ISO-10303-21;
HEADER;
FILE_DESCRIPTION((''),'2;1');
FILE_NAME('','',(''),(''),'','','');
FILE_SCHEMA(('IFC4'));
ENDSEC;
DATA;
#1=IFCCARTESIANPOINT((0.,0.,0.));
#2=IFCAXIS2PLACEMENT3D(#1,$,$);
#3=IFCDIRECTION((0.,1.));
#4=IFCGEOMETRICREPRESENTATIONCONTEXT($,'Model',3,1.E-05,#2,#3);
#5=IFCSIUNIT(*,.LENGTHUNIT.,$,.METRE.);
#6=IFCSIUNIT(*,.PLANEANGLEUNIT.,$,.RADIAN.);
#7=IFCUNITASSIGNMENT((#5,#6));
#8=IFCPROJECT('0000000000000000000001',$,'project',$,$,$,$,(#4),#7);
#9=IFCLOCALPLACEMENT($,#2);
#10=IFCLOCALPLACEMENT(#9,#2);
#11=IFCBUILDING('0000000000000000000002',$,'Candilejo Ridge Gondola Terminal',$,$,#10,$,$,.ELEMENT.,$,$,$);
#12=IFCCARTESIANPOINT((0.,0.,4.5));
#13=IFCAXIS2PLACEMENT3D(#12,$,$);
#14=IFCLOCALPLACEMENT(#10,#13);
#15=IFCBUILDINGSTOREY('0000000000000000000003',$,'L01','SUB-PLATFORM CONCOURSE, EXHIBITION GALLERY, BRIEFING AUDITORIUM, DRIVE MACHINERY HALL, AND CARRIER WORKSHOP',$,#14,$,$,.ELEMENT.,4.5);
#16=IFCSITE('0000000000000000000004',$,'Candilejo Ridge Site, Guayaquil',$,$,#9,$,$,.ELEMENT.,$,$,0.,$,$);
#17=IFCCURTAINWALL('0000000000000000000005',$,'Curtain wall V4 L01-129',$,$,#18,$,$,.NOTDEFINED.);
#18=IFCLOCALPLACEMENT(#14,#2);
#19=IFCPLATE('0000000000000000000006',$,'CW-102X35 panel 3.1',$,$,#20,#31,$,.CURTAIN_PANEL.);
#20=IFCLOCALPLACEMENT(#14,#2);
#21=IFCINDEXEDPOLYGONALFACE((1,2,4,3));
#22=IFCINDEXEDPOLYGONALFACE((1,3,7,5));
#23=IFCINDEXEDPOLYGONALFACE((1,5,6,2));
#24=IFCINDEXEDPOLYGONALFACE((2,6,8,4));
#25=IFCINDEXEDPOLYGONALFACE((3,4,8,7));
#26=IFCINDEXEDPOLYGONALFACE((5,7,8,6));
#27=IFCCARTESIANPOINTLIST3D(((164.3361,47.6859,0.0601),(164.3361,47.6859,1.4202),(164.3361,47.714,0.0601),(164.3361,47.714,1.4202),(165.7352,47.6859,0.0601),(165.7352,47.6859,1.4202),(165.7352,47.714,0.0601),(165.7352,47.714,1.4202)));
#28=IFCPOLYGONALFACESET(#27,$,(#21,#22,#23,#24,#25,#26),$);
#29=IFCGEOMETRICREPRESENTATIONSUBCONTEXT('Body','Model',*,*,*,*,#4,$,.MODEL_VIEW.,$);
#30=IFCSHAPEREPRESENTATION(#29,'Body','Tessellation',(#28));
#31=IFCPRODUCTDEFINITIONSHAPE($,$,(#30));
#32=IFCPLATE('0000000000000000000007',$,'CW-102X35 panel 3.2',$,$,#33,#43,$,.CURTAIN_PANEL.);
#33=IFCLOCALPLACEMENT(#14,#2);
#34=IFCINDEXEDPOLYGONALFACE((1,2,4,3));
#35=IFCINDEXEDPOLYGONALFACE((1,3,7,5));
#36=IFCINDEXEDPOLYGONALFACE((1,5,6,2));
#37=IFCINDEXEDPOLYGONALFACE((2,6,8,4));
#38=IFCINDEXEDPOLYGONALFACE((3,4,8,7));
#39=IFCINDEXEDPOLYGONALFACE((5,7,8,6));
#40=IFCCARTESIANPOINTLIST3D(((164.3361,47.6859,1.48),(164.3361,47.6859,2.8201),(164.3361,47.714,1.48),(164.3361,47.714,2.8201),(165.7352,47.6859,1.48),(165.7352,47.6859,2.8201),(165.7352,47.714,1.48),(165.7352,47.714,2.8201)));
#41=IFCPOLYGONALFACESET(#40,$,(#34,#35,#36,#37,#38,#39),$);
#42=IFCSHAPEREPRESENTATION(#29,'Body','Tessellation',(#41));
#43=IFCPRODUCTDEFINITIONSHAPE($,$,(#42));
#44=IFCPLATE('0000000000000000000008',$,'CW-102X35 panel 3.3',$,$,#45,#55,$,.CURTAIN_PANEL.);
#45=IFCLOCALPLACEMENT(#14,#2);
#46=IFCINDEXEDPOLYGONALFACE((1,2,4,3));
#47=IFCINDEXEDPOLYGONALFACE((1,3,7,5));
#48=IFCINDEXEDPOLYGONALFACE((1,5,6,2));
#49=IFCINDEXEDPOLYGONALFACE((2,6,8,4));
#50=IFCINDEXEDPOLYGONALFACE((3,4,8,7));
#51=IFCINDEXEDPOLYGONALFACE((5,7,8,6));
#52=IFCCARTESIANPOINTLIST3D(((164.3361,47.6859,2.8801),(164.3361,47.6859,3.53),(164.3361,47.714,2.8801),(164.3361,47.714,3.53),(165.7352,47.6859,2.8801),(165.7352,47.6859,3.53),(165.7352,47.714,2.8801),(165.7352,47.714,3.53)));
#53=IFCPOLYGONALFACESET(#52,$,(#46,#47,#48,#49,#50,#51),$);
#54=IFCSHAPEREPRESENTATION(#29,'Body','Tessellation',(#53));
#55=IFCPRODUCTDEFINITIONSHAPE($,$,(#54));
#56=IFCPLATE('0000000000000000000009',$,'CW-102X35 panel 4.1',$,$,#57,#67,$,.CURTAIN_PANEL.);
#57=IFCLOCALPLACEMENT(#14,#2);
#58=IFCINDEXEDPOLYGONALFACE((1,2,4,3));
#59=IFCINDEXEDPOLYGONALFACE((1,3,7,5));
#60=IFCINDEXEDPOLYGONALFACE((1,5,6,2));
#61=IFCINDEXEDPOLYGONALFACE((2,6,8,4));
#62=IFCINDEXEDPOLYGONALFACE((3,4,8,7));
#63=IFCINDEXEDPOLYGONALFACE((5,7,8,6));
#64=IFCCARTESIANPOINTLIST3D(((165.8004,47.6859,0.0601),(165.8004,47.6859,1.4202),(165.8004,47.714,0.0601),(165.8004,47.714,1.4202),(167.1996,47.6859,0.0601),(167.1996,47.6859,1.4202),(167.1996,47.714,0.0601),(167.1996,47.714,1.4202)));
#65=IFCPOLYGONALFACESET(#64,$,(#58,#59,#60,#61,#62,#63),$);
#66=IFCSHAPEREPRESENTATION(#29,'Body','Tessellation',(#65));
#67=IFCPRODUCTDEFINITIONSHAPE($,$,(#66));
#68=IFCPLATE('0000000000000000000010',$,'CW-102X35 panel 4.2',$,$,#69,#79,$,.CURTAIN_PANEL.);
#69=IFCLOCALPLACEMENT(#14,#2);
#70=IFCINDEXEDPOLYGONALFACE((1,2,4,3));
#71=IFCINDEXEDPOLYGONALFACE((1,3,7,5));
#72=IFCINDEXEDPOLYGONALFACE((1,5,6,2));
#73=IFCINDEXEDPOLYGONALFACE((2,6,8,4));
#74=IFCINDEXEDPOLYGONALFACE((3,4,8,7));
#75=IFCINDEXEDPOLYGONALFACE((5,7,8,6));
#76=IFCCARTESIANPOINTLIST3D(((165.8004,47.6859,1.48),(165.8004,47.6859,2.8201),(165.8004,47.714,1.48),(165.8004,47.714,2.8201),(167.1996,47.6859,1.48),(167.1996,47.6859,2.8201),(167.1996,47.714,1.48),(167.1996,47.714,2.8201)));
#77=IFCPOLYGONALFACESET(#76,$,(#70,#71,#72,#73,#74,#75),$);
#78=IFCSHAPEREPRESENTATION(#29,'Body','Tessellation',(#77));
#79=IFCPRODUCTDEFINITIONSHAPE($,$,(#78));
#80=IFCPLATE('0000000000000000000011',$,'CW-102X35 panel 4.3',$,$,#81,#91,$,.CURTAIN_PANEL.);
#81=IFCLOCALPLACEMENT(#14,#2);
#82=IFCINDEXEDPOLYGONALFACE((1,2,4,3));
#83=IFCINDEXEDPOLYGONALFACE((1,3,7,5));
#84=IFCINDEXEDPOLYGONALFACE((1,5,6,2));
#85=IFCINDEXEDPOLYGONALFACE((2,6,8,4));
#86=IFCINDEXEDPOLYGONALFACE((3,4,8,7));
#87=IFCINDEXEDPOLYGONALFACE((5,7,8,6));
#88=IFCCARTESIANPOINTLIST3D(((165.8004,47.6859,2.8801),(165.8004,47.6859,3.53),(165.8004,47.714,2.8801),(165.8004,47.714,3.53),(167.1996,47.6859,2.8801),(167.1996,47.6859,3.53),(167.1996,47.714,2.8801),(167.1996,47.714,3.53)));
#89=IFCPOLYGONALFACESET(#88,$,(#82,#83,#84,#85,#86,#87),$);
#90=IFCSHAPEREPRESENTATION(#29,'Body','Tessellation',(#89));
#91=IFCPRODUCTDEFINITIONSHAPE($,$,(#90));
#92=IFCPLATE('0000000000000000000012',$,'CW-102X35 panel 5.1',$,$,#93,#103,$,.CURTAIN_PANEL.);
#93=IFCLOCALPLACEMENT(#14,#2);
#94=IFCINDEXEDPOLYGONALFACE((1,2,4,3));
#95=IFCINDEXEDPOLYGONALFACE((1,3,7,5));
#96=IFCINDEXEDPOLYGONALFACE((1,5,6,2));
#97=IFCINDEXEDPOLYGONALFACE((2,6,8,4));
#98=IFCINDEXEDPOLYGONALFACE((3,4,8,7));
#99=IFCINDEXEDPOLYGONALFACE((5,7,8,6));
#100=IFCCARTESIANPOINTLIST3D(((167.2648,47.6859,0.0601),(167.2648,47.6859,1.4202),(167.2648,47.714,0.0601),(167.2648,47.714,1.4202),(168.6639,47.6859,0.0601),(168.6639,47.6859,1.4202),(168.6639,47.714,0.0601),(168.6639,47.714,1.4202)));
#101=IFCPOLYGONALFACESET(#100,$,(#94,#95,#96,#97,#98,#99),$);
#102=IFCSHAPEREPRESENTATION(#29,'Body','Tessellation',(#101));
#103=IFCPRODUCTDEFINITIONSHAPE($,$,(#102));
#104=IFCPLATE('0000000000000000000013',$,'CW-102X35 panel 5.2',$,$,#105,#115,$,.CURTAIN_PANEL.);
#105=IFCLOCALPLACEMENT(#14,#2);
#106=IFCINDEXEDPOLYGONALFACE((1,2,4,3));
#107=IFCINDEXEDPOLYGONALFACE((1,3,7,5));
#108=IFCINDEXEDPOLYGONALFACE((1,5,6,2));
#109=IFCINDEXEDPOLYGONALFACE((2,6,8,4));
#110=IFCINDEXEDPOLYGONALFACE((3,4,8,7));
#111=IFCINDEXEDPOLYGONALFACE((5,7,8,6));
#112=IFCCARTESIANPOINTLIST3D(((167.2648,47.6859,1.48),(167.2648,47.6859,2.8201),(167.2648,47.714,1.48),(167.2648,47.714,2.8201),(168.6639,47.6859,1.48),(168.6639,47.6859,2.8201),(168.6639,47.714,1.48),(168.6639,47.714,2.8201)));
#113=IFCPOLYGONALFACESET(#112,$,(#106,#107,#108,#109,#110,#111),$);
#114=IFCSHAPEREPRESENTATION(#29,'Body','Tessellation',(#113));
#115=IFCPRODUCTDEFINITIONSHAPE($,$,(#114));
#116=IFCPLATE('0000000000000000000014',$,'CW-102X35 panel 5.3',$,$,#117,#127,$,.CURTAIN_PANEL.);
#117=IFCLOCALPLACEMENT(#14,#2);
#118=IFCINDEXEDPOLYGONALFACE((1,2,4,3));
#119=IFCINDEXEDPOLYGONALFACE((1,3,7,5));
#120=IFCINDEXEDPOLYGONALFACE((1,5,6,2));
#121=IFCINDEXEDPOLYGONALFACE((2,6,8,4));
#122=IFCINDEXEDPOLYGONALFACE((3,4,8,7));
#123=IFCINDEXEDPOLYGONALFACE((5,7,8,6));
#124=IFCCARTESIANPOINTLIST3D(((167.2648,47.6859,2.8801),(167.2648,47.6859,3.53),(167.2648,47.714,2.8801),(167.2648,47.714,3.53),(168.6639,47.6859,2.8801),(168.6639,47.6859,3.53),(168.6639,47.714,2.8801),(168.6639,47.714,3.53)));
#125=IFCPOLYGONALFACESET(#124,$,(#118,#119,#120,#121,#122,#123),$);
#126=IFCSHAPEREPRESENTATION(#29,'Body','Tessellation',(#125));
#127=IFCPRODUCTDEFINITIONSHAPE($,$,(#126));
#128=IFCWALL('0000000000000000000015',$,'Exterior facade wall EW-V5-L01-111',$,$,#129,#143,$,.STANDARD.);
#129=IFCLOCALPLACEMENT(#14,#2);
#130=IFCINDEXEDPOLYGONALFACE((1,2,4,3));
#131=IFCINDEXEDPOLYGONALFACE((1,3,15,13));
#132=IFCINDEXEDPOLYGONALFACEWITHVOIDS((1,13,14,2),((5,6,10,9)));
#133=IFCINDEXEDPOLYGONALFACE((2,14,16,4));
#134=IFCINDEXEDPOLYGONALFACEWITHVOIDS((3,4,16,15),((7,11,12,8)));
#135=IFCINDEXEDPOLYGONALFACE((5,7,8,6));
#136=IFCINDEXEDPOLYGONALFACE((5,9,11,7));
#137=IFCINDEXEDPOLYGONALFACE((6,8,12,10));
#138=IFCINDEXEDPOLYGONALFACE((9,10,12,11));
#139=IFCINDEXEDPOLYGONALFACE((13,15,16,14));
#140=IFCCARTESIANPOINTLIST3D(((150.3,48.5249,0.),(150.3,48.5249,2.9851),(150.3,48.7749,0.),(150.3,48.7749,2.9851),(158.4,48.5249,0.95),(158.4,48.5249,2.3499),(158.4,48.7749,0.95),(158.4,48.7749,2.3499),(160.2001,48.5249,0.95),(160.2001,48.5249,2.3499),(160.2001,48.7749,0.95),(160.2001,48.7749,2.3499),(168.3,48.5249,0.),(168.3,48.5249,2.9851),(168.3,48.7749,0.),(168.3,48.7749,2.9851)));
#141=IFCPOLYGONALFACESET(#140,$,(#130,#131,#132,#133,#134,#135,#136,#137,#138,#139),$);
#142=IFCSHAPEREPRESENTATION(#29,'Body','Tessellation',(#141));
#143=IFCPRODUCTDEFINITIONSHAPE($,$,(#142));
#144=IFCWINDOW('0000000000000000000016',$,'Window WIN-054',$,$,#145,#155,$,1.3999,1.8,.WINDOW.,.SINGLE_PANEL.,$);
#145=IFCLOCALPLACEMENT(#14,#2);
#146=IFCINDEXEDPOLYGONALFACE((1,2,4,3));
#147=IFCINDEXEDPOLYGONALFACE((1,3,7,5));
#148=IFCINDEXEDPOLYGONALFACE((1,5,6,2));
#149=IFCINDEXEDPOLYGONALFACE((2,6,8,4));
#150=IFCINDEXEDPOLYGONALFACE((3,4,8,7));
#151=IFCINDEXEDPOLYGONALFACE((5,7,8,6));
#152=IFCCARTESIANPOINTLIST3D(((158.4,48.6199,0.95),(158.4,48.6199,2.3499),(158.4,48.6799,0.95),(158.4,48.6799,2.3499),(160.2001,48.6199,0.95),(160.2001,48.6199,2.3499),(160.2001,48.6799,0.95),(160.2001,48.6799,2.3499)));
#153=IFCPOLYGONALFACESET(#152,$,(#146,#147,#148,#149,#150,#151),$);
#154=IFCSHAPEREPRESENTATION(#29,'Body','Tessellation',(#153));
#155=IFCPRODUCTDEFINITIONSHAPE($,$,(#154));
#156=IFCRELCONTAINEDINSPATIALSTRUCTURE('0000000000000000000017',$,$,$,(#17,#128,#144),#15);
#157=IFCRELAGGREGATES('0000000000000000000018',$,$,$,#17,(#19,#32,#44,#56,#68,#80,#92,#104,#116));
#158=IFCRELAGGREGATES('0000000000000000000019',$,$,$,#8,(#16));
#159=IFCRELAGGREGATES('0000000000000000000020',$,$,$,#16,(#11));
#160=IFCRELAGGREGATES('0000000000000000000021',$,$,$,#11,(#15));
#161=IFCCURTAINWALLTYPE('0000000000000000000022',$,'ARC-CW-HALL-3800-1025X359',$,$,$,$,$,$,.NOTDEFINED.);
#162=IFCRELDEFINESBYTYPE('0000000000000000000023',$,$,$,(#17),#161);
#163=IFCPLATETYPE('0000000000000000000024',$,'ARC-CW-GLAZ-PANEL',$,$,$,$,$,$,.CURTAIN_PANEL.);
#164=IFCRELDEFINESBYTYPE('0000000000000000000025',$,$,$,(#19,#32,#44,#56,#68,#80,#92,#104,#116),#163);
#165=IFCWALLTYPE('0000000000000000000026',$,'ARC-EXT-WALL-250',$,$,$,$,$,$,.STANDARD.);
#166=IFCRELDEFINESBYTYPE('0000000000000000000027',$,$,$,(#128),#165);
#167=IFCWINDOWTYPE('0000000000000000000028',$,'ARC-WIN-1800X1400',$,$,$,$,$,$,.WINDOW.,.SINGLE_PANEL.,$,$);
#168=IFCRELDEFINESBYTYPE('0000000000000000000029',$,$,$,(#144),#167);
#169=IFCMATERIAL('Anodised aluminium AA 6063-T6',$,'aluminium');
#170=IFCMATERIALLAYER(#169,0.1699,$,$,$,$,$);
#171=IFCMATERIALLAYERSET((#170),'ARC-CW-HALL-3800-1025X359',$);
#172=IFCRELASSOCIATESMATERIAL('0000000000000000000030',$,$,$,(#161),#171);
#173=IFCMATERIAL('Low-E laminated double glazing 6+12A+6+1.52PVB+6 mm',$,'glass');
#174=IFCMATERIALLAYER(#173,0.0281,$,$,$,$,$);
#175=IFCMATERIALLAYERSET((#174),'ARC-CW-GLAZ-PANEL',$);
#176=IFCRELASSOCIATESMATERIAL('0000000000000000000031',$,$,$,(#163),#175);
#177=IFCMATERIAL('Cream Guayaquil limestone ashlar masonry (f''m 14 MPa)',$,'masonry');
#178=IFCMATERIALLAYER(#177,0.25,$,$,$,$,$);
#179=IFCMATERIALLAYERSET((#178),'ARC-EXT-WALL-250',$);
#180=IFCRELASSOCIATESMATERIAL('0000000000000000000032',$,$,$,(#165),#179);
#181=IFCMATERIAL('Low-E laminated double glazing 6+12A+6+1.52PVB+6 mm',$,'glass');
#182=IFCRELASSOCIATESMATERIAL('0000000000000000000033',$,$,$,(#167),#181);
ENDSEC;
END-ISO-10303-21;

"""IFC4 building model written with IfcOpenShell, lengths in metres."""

from ifc_helpers import new_model, si_unit, direction, frame, frame_2d, origin, origin_2d, place, context, subcontext, project, spatial, rectangle, extrude, material, layer, layer_set, type_object, element, fill, aggregate, save


model = new_model("IFC4")

# Units and contexts
model_context = context("Model", 3, precision=1e-05, world=origin(), true_north=direction((0.0, 1.0)))
body_context = subcontext(model_context, "Body", "Model", "MODEL_VIEW")
ifc_project = project(units=[si_unit("LENGTHUNIT", "METRE"), si_unit("PLANEANGLEUNIT", "RADIAN")], contexts=[model_context])

# Site, building, storey
site_placement = place(None, origin())
site = spatial("IfcSite", under=ifc_project, at=site_placement, Name="Candilejo Ridge Site, Guayaquil", CompositionType="ELEMENT", RefElevation=0.0)
building_placement = place(site_placement, origin())
building = spatial("IfcBuilding", under=site, at=building_placement, Name="Candilejo Ridge Gondola Terminal", CompositionType="ELEMENT")
storey_placement = place(building_placement, frame((0.0, 0.0, 4.5)))
storey = spatial("IfcBuildingStorey", under=building, at=storey_placement, Name="L01", Description="SUB-PLATFORM CONCOURSE, EXHIBITION GALLERY, BRIEFING AUDITORIUM, DRIVE MACHINERY HALL, AND CARRIER WORKSHOP", CompositionType="ELEMENT", Elevation=4.5)

# Curtain wall, plates
ifc_material_1 = material(Name="Anodised aluminium AA 6063-T6", Category="aluminium")
ifc_layer_1 = layer(ifc_material_1, 0.1699)
ifc_layer_set_1 = layer_set([ifc_layer_1], Name="ARC-CW-HALL-3800-1025X359")
curtain_wall_type = type_object("IfcCurtainWallType", Name="ARC-CW-HALL-3800-1025X359", PredefinedType="NOTDEFINED", material=ifc_layer_set_1)
curtain_wall_placement = place(storey_placement, origin())
curtain_wall = element("IfcCurtainWall", 1, at=curtain_wall_placement, inside=storey, type_object=curtain_wall_type, Name="Curtain wall V4 L01-129", PredefinedType="NOTDEFINED")
ifc_material_2 = material(Name="Low-E laminated double glazing 6+12A+6+1.52PVB+6 mm", Category="glass")
ifc_layer_2 = layer(ifc_material_2, 0.0281)
ifc_layer_set_2 = layer_set([ifc_layer_2], Name="ARC-CW-GLAZ-PANEL")
plate_type = type_object("IfcPlateType", Name="ARC-CW-GLAZ-PANEL", PredefinedType="CURTAIN_PANEL", material=ifc_layer_set_2)
plate_1_placement = place(storey_placement, frame((165.0356, 47.7, 0.0601), z_axis=(0.0, 0.0, 1.0), x_axis=(1.0, 0.0, 0.0)))
plate_1 = element("IfcPlate", 2, at=plate_1_placement, type_object=plate_type, Name="CW-102X35 panel 3.1", PredefinedType="CURTAIN_PANEL", context=body_context, shape_type="SweptSolid", body=[
    extrude(rectangle(XDim=1.3992, YDim=0.0281, at=origin_2d()), origin(), (0.0, 0.0, 1.0), 1.3601),
])
plate_2_placement = place(storey_placement, frame((165.0356, 47.7, 1.48), z_axis=(0.0, 0.0, 1.0), x_axis=(1.0, 0.0, 0.0)))
plate_2 = element("IfcPlate", 3, at=plate_2_placement, type_object=plate_type, Name="CW-102X35 panel 3.2", PredefinedType="CURTAIN_PANEL", context=body_context, shape_type="SweptSolid", body=[
    extrude(rectangle(XDim=1.3992, YDim=0.0281, at=origin_2d()), origin(), (0.0, 0.0, 1.0), 1.3401),
])
plate_3_placement = place(storey_placement, frame((165.0356, 47.7, 2.8801), z_axis=(0.0, 0.0, 1.0), x_axis=(1.0, 0.0, 0.0)))
plate_3 = element("IfcPlate", 4, at=plate_3_placement, type_object=plate_type, Name="CW-102X35 panel 3.3", PredefinedType="CURTAIN_PANEL", context=body_context, shape_type="SweptSolid", body=[
    extrude(rectangle(XDim=1.3992, YDim=0.0281, at=origin_2d()), origin(), (0.0, 0.0, 1.0), 0.6499),
])
plate_4_placement = place(storey_placement, frame((166.5, 47.7, 0.0601), z_axis=(0.0, 0.0, 1.0), x_axis=(1.0, 0.0, 0.0)))
plate_4 = element("IfcPlate", 5, at=plate_4_placement, type_object=plate_type, Name="CW-102X35 panel 4.1", PredefinedType="CURTAIN_PANEL", context=body_context, shape_type="SweptSolid", body=[
    extrude(rectangle(XDim=1.3992, YDim=0.0281, at=origin_2d()), origin(), (0.0, 0.0, 1.0), 1.3601),
])
plate_5_placement = place(storey_placement, frame((166.5, 47.7, 1.48), z_axis=(0.0, 0.0, 1.0), x_axis=(1.0, 0.0, 0.0)))
plate_5 = element("IfcPlate", 6, at=plate_5_placement, type_object=plate_type, Name="CW-102X35 panel 4.2", PredefinedType="CURTAIN_PANEL", context=body_context, shape_type="SweptSolid", body=[
    extrude(rectangle(XDim=1.3992, YDim=0.0281, at=origin_2d()), origin(), (0.0, 0.0, 1.0), 1.3401),
])
plate_6_placement = place(storey_placement, frame((166.5, 47.7, 2.8801), z_axis=(0.0, 0.0, 1.0), x_axis=(1.0, 0.0, 0.0)))
plate_6 = element("IfcPlate", 7, at=plate_6_placement, type_object=plate_type, Name="CW-102X35 panel 4.3", PredefinedType="CURTAIN_PANEL", context=body_context, shape_type="SweptSolid", body=[
    extrude(rectangle(XDim=1.3992, YDim=0.0281, at=origin_2d()), origin(), (0.0, 0.0, 1.0), 0.6499),
])
plate_7_placement = place(storey_placement, frame((167.9644, 47.7, 0.0601), z_axis=(0.0, 0.0, 1.0), x_axis=(1.0, 0.0, 0.0)))
plate_7 = element("IfcPlate", 8, at=plate_7_placement, type_object=plate_type, Name="CW-102X35 panel 5.1", PredefinedType="CURTAIN_PANEL", context=body_context, shape_type="SweptSolid", body=[
    extrude(rectangle(XDim=1.3992, YDim=0.0281, at=origin_2d()), origin(), (0.0, 0.0, 1.0), 1.3601),
])
plate_8_placement = place(storey_placement, frame((167.9644, 47.7, 1.48), z_axis=(0.0, 0.0, 1.0), x_axis=(1.0, 0.0, 0.0)))
plate_8 = element("IfcPlate", 9, at=plate_8_placement, type_object=plate_type, Name="CW-102X35 panel 5.2", PredefinedType="CURTAIN_PANEL", context=body_context, shape_type="SweptSolid", body=[
    extrude(rectangle(XDim=1.3992, YDim=0.0281, at=origin_2d()), origin(), (0.0, 0.0, 1.0), 1.3401),
])
plate_9_placement = place(storey_placement, frame((167.9644, 47.7, 2.8801), z_axis=(0.0, 0.0, 1.0), x_axis=(1.0, 0.0, 0.0)))
plate_9 = element("IfcPlate", 10, at=plate_9_placement, type_object=plate_type, Name="CW-102X35 panel 5.3", PredefinedType="CURTAIN_PANEL", context=body_context, shape_type="SweptSolid", body=[
    extrude(rectangle(XDim=1.3992, YDim=0.0281, at=origin_2d()), origin(), (0.0, 0.0, 1.0), 0.6499),
])
aggregate(curtain_wall, [plate_1, plate_2, plate_3, plate_4, plate_5, plate_6, plate_7, plate_8, plate_9])

# Wall, opening, window
ifc_material_3 = material(Name="Cream Guayaquil limestone ashlar masonry (f'm 14 MPa)", Category="masonry")
ifc_layer_3 = layer(ifc_material_3, 0.25)
ifc_layer_set_3 = layer_set([ifc_layer_3], Name="ARC-EXT-WALL-250")
wall_type = type_object("IfcWallType", Name="ARC-EXT-WALL-250", PredefinedType="STANDARD", material=ifc_layer_set_3)
wall_placement = place(storey_placement, frame((168.3, 48.6499, 0.0), z_axis=(0.0, 0.0, 1.0), x_axis=(-1.0, 0.0, 0.0)))
wall = element("IfcWall", 11, at=wall_placement, inside=storey, type_object=wall_type, Name="Exterior facade wall EW-V5-L01-111", PredefinedType="STANDARD", context=body_context, shape_type="SweptSolid", body=[
    extrude(rectangle(XDim=18.0, YDim=0.25, at=frame_2d((9.0, 0.0))), origin(), (0.0, 0.0, 1.0), 2.9851),
])
opening_placement = place(wall_placement, frame((8.1001, 0.0, 0.95)))
opening = element("IfcOpeningElement", 12, at=opening_placement, cuts=wall, PredefinedType="OPENING", context=body_context, shape_type="SweptSolid", body=[
    extrude(rectangle(XDim=1.8, YDim=1.3999, at=frame_2d((0.8999, 0.7))), frame((0.0, 0.135, 0.0), z_axis=(0.0, -1.0, 0.0), x_axis=(1.0, 0.0, 0.0)), (0.0, 0.0, 1.0), 0.27),
])
ifc_material_4 = material(Name="Low-E laminated double glazing 6+12A+6+1.52PVB+6 mm", Category="glass")
window_type = type_object("IfcWindowType", Name="ARC-WIN-1800X1400", PartitioningType="SINGLE_PANEL", PredefinedType="WINDOW", material=ifc_material_4)
window_placement = place(opening_placement, origin())
window = element("IfcWindow", 13, at=window_placement, inside=storey, type_object=window_type, Name="Window WIN-054", OverallHeight=1.3999, OverallWidth=1.8, PartitioningType="SINGLE_PANEL", PredefinedType="WINDOW", context=body_context, shape_type="SweptSolid", body=[
    extrude(rectangle(XDim=1.8, YDim=1.3999, at=frame_2d((0.8999, 0.7))), frame((0.0, 0.03, 0.0), z_axis=(0.0, -1.0, 0.0), x_axis=(1.0, 0.0, 0.0)), (0.0, 0.0, 1.0), 0.0601),
])
fill(opening, window)

save(model, "model.ifc")
